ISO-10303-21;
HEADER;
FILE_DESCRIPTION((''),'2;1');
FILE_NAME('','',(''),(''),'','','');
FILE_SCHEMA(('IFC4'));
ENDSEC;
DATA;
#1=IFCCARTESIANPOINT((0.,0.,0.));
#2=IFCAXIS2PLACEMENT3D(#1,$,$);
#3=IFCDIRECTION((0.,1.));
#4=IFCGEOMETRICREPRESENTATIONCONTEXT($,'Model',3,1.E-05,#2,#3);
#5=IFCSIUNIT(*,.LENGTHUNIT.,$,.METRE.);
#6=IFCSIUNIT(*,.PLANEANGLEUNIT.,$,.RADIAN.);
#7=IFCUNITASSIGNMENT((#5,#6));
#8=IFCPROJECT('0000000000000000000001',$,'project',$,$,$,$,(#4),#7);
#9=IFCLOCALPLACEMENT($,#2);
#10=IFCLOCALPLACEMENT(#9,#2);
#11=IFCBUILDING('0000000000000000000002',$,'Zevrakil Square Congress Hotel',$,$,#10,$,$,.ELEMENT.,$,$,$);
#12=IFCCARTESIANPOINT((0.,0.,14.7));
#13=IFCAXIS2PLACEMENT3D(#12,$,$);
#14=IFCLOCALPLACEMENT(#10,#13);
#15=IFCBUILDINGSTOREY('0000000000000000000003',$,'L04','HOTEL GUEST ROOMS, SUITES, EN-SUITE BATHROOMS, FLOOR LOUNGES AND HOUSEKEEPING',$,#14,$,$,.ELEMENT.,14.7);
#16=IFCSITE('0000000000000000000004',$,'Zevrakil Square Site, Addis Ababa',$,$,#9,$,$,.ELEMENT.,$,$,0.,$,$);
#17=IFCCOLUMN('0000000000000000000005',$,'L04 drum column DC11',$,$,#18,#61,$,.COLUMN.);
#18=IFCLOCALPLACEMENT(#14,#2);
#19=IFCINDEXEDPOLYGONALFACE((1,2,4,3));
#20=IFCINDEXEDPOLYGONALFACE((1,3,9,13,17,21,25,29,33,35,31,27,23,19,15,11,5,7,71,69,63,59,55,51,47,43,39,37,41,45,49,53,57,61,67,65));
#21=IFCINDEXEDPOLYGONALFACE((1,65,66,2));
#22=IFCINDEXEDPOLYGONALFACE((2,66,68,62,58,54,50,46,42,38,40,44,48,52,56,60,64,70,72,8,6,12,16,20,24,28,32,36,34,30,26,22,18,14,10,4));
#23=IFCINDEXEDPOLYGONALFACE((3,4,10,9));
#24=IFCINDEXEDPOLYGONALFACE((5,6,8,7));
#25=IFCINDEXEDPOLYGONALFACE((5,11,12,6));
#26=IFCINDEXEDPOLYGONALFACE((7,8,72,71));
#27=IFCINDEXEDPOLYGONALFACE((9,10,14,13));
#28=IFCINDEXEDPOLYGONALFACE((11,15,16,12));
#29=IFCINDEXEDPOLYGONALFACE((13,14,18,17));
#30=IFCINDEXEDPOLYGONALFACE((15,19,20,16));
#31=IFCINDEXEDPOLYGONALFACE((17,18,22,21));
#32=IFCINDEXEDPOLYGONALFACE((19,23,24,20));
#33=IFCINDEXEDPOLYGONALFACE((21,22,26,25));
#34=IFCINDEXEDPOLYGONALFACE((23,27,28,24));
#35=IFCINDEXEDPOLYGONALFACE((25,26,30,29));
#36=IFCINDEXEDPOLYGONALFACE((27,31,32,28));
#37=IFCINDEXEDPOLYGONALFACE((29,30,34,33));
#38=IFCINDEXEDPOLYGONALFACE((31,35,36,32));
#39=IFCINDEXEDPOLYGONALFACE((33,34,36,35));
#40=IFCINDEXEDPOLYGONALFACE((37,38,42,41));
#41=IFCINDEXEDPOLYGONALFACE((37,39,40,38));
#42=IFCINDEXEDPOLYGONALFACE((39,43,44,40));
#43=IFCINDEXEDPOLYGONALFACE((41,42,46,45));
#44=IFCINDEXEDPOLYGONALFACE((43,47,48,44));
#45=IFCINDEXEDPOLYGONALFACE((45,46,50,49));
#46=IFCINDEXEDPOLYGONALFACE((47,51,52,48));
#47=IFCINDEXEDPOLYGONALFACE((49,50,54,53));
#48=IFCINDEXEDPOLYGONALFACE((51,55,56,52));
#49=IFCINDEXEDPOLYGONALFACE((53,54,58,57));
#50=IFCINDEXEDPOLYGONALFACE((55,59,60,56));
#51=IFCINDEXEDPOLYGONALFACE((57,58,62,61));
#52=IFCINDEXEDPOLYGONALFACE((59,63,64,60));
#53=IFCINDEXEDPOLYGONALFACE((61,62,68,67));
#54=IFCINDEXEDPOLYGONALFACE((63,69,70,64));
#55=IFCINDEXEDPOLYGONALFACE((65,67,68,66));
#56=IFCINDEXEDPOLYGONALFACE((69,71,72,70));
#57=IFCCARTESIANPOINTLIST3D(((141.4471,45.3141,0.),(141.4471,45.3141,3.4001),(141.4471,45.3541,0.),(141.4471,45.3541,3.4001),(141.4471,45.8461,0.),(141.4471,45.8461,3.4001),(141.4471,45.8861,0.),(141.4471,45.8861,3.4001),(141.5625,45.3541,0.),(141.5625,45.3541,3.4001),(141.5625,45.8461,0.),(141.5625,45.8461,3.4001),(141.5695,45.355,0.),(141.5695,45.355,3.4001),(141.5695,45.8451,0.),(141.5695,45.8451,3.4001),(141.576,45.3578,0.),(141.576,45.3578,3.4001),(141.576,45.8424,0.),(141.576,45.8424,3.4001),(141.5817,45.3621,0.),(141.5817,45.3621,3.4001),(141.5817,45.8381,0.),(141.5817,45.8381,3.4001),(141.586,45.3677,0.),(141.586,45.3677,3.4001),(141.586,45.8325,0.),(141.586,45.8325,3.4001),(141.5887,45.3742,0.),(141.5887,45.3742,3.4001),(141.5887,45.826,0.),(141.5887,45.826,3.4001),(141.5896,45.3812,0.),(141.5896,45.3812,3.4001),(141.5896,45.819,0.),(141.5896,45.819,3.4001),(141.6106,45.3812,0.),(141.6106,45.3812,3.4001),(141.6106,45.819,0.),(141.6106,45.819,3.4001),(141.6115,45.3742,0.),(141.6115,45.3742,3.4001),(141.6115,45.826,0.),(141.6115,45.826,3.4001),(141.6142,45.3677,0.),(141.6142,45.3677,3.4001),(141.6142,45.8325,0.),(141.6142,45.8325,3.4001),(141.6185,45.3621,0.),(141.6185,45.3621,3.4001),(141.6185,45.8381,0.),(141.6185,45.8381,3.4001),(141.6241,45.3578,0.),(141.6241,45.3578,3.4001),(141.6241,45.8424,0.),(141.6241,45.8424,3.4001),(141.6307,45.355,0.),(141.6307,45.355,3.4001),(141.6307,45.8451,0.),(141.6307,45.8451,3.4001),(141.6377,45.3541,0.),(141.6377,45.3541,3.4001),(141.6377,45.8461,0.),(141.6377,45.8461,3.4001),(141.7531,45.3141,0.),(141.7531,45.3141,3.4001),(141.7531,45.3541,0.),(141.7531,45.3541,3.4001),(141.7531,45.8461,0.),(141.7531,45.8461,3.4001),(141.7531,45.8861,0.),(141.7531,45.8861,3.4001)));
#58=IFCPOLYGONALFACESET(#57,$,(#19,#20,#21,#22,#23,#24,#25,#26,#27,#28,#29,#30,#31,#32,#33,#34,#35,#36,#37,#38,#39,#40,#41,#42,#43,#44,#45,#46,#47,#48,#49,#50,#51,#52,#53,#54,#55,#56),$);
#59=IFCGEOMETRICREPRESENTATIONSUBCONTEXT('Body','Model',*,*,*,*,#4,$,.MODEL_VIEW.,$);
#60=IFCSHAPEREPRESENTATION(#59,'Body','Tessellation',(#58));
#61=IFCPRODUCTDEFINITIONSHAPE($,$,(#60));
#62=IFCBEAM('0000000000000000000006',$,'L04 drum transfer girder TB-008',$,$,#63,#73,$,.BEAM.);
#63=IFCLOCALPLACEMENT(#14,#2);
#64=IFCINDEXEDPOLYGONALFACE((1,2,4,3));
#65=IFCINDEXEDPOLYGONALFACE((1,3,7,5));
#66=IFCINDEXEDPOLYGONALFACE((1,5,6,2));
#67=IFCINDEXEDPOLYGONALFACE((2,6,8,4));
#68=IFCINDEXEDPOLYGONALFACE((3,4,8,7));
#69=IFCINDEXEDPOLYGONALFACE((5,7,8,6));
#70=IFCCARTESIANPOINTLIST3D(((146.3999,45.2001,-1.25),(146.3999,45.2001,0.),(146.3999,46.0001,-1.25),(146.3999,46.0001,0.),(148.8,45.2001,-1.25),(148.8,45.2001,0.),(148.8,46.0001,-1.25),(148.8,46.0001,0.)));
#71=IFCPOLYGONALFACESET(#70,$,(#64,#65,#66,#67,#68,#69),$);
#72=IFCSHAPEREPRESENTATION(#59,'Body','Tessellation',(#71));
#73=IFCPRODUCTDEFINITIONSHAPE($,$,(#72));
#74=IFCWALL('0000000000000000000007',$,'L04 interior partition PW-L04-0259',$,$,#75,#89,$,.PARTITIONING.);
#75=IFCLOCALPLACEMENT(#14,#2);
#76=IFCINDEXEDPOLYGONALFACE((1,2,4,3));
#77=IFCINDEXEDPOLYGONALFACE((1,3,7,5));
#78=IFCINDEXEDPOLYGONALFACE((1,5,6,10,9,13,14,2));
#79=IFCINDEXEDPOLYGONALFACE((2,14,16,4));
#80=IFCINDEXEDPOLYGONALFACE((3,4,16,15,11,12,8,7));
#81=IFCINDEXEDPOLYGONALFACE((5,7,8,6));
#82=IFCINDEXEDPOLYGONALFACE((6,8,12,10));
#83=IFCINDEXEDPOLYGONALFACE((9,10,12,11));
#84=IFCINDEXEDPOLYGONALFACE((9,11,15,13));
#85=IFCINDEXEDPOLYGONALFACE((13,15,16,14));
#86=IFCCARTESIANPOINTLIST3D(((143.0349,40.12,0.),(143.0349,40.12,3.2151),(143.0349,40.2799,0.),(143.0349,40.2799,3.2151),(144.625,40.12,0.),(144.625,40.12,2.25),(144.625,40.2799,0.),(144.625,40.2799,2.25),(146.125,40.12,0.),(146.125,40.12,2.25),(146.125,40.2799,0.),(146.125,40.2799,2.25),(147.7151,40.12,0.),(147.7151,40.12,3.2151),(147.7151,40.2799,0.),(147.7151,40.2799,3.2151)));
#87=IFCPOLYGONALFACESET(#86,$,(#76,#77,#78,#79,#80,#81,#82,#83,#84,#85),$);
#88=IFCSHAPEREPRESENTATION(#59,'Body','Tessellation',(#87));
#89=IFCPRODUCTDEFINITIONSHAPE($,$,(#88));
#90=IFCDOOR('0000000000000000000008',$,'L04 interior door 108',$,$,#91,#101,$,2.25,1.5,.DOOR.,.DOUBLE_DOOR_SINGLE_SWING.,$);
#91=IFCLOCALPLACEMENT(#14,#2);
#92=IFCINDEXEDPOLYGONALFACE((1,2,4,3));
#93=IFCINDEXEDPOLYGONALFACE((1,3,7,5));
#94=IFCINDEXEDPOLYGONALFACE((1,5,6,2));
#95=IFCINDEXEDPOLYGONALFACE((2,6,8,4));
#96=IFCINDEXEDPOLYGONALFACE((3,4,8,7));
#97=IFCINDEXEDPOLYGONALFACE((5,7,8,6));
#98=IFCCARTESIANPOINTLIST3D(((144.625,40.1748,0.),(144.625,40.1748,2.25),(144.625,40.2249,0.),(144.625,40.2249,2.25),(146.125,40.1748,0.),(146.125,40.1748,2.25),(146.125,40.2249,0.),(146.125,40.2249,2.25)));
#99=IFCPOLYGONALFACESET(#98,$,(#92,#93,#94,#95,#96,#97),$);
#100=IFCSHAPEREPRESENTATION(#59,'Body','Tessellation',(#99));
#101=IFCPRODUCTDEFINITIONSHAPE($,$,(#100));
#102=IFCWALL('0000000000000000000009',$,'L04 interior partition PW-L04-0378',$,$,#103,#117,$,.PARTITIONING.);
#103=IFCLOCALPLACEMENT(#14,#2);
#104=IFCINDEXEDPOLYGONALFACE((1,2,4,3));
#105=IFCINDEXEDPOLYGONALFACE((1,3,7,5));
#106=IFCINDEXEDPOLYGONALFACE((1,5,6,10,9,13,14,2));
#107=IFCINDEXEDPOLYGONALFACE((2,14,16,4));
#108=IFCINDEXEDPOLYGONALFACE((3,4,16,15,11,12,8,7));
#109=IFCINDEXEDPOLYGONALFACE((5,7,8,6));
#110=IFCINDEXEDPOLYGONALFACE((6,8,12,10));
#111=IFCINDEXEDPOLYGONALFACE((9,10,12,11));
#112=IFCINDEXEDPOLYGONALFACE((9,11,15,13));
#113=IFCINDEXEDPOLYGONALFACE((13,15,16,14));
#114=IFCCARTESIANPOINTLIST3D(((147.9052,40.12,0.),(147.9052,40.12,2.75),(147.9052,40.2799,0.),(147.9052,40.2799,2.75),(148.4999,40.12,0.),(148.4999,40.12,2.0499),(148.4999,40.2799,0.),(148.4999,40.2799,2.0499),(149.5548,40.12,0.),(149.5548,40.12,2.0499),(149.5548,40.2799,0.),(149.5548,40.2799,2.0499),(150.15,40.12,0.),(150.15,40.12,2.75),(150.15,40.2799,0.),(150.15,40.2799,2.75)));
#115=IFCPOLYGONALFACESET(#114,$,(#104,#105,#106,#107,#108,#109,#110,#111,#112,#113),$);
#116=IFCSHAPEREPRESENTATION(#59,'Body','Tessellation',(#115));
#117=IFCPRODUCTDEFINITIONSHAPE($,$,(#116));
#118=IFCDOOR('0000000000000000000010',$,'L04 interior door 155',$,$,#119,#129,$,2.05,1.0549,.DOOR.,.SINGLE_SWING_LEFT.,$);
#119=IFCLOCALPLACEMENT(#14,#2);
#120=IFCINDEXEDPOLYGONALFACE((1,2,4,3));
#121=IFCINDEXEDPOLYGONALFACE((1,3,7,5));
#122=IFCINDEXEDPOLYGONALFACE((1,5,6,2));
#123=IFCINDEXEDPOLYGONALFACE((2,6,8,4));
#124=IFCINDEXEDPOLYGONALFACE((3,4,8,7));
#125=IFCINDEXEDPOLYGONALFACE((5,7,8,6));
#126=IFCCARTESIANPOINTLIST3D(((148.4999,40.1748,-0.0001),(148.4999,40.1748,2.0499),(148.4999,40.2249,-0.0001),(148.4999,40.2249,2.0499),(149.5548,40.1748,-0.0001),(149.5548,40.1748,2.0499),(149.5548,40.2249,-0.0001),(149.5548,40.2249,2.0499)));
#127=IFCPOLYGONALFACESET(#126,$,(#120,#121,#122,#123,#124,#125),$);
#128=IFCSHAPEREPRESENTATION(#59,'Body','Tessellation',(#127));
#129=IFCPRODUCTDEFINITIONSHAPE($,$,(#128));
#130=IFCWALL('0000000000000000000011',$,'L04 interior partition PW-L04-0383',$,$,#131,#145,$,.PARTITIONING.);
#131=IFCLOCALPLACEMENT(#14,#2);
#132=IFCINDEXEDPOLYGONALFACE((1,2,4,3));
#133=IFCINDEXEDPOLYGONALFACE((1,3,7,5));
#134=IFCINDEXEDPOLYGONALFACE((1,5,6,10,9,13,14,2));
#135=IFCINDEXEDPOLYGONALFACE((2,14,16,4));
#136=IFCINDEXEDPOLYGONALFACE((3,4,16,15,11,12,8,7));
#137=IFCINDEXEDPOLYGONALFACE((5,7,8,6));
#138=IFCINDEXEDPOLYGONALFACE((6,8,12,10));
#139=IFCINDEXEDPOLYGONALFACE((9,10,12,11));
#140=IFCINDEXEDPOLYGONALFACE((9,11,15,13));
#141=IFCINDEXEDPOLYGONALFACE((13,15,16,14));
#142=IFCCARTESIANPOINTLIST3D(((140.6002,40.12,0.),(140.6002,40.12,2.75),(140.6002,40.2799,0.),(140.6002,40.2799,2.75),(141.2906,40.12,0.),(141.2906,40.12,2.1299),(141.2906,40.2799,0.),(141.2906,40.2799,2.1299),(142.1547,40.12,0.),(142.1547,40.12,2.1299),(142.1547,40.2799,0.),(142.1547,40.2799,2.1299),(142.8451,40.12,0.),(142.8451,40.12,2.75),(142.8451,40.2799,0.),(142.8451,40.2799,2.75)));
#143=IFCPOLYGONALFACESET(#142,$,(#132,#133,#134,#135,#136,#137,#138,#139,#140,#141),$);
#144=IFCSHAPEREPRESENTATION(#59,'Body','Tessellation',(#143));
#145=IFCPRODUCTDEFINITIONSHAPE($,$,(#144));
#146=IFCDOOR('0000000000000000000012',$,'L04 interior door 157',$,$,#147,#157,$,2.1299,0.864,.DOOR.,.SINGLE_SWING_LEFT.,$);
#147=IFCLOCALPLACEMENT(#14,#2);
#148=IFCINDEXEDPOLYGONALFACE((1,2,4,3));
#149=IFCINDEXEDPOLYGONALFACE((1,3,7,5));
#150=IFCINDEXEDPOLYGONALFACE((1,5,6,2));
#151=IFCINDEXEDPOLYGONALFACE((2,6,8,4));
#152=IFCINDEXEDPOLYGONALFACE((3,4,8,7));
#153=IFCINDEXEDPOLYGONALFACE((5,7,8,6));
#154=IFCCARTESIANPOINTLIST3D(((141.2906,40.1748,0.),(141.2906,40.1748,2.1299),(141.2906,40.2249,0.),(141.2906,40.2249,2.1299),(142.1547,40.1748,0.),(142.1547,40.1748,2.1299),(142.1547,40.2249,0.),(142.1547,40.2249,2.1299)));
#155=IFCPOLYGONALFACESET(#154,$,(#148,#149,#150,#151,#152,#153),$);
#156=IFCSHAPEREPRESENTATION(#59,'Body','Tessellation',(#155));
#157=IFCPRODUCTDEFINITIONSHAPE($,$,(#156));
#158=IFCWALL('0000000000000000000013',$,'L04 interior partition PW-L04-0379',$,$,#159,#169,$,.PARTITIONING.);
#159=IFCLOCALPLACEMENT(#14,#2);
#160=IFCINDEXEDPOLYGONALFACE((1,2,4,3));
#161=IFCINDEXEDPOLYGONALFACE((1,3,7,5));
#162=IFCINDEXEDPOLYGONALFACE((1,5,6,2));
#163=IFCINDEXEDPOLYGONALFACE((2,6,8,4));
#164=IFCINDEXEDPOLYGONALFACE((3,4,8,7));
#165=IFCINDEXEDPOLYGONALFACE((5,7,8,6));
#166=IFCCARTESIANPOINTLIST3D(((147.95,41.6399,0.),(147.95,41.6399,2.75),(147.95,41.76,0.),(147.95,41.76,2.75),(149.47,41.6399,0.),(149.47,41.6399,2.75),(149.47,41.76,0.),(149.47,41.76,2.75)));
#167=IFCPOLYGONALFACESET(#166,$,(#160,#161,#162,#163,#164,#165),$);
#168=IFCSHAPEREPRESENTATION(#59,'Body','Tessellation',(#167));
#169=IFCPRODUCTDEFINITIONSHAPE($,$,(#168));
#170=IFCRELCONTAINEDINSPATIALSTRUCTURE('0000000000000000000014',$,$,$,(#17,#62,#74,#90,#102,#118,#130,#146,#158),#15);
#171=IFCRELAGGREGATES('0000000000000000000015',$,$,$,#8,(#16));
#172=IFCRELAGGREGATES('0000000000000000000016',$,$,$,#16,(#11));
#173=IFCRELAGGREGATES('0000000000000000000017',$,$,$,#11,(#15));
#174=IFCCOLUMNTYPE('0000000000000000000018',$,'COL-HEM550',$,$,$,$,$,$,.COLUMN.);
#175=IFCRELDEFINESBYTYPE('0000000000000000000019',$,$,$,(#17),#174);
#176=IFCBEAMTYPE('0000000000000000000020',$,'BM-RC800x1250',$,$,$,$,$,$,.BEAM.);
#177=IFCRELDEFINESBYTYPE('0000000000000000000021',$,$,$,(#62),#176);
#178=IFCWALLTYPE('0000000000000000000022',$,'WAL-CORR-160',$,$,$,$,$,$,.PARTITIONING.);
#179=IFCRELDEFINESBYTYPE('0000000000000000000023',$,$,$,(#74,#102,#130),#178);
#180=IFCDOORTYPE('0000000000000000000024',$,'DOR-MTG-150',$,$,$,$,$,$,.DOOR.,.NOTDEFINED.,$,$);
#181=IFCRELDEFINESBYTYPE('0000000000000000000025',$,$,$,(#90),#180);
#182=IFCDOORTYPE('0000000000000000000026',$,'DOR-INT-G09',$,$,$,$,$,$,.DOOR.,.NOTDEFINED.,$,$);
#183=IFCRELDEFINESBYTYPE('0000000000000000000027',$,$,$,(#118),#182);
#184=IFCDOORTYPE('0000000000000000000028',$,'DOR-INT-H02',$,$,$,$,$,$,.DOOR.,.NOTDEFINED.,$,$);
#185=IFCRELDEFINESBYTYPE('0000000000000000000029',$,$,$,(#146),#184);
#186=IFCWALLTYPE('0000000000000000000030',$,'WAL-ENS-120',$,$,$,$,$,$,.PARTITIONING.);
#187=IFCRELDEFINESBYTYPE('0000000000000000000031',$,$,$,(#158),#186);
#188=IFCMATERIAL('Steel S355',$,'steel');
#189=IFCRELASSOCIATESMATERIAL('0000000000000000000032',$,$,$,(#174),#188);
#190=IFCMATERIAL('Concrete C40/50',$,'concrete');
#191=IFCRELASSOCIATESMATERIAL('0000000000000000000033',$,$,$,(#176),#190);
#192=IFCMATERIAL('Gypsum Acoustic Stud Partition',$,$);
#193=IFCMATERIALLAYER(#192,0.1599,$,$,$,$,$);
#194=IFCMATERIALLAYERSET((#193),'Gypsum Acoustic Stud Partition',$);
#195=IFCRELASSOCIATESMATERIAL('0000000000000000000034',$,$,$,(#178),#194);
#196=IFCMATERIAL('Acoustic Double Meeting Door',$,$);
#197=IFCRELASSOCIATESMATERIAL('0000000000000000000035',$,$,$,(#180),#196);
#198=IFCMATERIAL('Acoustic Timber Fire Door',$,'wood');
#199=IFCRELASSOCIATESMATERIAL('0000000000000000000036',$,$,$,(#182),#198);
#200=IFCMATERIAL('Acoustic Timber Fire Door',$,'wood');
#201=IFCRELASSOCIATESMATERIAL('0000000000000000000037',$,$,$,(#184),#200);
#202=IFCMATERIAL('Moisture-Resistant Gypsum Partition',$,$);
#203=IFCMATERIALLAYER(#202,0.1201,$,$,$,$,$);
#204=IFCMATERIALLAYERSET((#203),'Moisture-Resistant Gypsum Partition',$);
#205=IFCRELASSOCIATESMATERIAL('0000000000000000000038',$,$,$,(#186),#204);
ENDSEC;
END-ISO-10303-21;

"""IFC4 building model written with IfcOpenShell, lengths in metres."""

from ifc_helpers import new_model, si_unit, direction, frame, frame_2d, origin, origin_2d, place, context, subcontext, project, spatial, rectangle, i_section, extrude, material, layer, layer_set, material_profile, profile_set, type_object, element, fill, save


model = new_model("IFC4")

# Units and contexts
model_context = context("Model", 3, precision=1e-05, world=origin(), true_north=direction((0.0, 1.0)))
body_context = subcontext(model_context, "Body", "Model", "MODEL_VIEW")
ifc_project = project(units=[si_unit("LENGTHUNIT", "METRE"), si_unit("PLANEANGLEUNIT", "RADIAN")], contexts=[model_context])

# Site, building, storey
site_placement = place(None, origin())
site = spatial("IfcSite", under=ifc_project, at=site_placement, Name="Zevrakil Square Site, Addis Ababa", CompositionType="ELEMENT", RefElevation=0.0)
building_placement = place(site_placement, origin())
building = spatial("IfcBuilding", under=site, at=building_placement, Name="Zevrakil Square Congress Hotel", CompositionType="ELEMENT")
storey_placement = place(building_placement, frame((0.0, 0.0, 14.7)))
storey = spatial("IfcBuildingStorey", under=building, at=storey_placement, Name="L04", Description="HOTEL GUEST ROOMS, SUITES, EN-SUITE BATHROOMS, FLOOR LOUNGES AND HOUSEKEEPING", CompositionType="ELEMENT", Elevation=14.7)

# Column
ifc_material_1 = material(Name="Steel S355", Category="steel")
ifc_material_profile_1 = material_profile(ifc_material_1, i_section(OverallWidth=0.3059, OverallDepth=0.572, WebThickness=0.021, FlangeThickness=0.04, FilletRadius=0.0271, at=origin_2d()), Name="HEM 550")
ifc_profile_set_1 = profile_set([ifc_material_profile_1], Name="Steel S355")
column_type = type_object("IfcColumnType", Name="COL-HEM550", PredefinedType="COLUMN", material=ifc_profile_set_1)
column_placement = place(storey_placement, frame((141.6001, 45.6001, 0.0), z_axis=(0.0, 0.0, 1.0), x_axis=(1.0, 0.0, 0.0)))
element("IfcColumn", 1, at=column_placement, inside=storey, type_object=column_type, Name="L04 drum column DC11", PredefinedType="COLUMN", context=body_context, shape_type="SweptSolid", body=[
    extrude(i_section(OverallWidth=0.3059, OverallDepth=0.572, WebThickness=0.021, FlangeThickness=0.04, FilletRadius=0.0271, at=origin_2d()), origin(), (0.0, 0.0, 1.0), 3.4001),
])

# Beam
ifc_material_2 = material(Name="Concrete C40/50", Category="concrete")
ifc_material_profile_2 = material_profile(ifc_material_2, rectangle(XDim=0.8, YDim=1.25, at=origin_2d()), Name="RC 800x1250")
ifc_profile_set_2 = profile_set([ifc_material_profile_2], Name="Concrete C40/50")
beam_type = type_object("IfcBeamType", Name="BM-RC800x1250", PredefinedType="BEAM", material=ifc_profile_set_2)
beam_placement = place(storey_placement, frame((146.3999, 45.6001, -0.625), z_axis=(1.0, 0.0, 0.0), x_axis=(0.0, 1.0, 0.0)))
element("IfcBeam", 2, at=beam_placement, inside=storey, type_object=beam_type, Name="L04 drum transfer girder TB-008", PredefinedType="BEAM", context=body_context, shape_type="SweptSolid", body=[
    extrude(rectangle(XDim=0.8, YDim=1.25, at=origin_2d()), origin(), (0.0, 0.0, 1.0), 2.4001),
])

# Walls, openings, doors
ifc_material_3 = material(Name="Gypsum Acoustic Stud Partition")
ifc_layer_1 = layer(ifc_material_3, 0.1599)
ifc_layer_set_1 = layer_set([ifc_layer_1], Name="Gypsum Acoustic Stud Partition")
wall_type_1 = type_object("IfcWallType", Name="WAL-CORR-160", PredefinedType="PARTITIONING", material=ifc_layer_set_1)
wall_1_placement = place(storey_placement, frame((143.0349, 40.2, 0.0), z_axis=(0.0, 0.0, 1.0), x_axis=(1.0, 0.0, 0.0)))
wall_1 = element("IfcWall", 3, at=wall_1_placement, inside=storey, type_object=wall_type_1, Name="L04 interior partition PW-L04-0259", PredefinedType="PARTITIONING", context=body_context, shape_type="SweptSolid", body=[
    extrude(rectangle(XDim=4.6802, YDim=0.1599, at=frame_2d((2.3401, 0.0))), origin(), (0.0, 0.0, 1.0), 3.2151),
])
opening_1_placement = place(wall_1_placement, frame((1.5901, 0.0, 0.0)))
opening_1 = element("IfcOpeningElement", 4, at=opening_1_placement, cuts=wall_1, PredefinedType="OPENING", context=body_context, shape_type="SweptSolid", body=[
    extrude(rectangle(XDim=1.5, YDim=2.25, at=frame_2d((0.75, 1.125))), frame((0.0, 0.0898, 0.0), z_axis=(0.0, -1.0, 0.0), x_axis=(1.0, 0.0, 0.0)), (0.0, 0.0, 1.0), 0.1799),
])
ifc_material_4 = material(Name="Acoustic Double Meeting Door")
door_type_1 = type_object("IfcDoorType", Name="DOR-MTG-150", OperationType="NOTDEFINED", PredefinedType="DOOR", material=ifc_material_4)
door_1_placement = place(opening_1_placement, origin())
door_1 = element("IfcDoor", 5, at=door_1_placement, inside=storey, type_object=door_type_1, Name="L04 interior door 108", OperationType="DOUBLE_DOOR_SINGLE_SWING", OverallHeight=2.25, OverallWidth=1.5, PredefinedType="DOOR", context=body_context, shape_type="SweptSolid", body=[
    extrude(rectangle(XDim=1.5, YDim=2.25, at=frame_2d((0.75, 1.125))), frame((0.0, 0.0249, 0.0), z_axis=(0.0, -1.0, 0.0), x_axis=(1.0, 0.0, 0.0)), (0.0, 0.0, 1.0), 0.05),
])
fill(opening_1, door_1)
wall_2_placement = place(storey_placement, frame((147.905, 40.2, 0.0), z_axis=(0.0, 0.0, 1.0), x_axis=(1.0, 0.0, 0.0)))
wall_2 = element("IfcWall", 6, at=wall_2_placement, inside=storey, type_object=wall_type_1, Name="L04 interior partition PW-L04-0378", PredefinedType="PARTITIONING", context=body_context, shape_type="SweptSolid", body=[
    extrude(rectangle(XDim=2.2449, YDim=0.1599, at=frame_2d((1.1226, 0.0))), origin(), (0.0, 0.0, 1.0), 2.75),
])
opening_2_placement = place(wall_2_placement, frame((0.595, 0.0, 0.0)))
opening_2 = element("IfcOpeningElement", 7, at=opening_2_placement, cuts=wall_2, PredefinedType="OPENING", context=body_context, shape_type="SweptSolid", body=[
    extrude(rectangle(XDim=1.0549, YDim=2.05, at=frame_2d((0.5273, 1.0249))), frame((0.0, 0.0898, 0.0), z_axis=(0.0, -1.0, 0.0), x_axis=(1.0, 0.0, 0.0)), (0.0, 0.0, 1.0), 0.1799),
])
ifc_material_5 = material(Name="Acoustic Timber Fire Door", Category="wood")
door_type_2 = type_object("IfcDoorType", Name="DOR-INT-G09", OperationType="NOTDEFINED", PredefinedType="DOOR", material=ifc_material_5)
door_2_placement = place(opening_2_placement, origin())
door_2 = element("IfcDoor", 8, at=door_2_placement, inside=storey, type_object=door_type_2, Name="L04 interior door 155", OperationType="SINGLE_SWING_LEFT", OverallHeight=2.05, OverallWidth=1.0549, PredefinedType="DOOR", context=body_context, shape_type="SweptSolid", body=[
    extrude(rectangle(XDim=1.0549, YDim=2.05, at=frame_2d((0.5273, 1.0249))), frame((0.0, 0.0249, 0.0), z_axis=(0.0, -1.0, 0.0), x_axis=(1.0, 0.0, 0.0)), (0.0, 0.0, 1.0), 0.05),
])
fill(opening_2, door_2)
wall_3_placement = place(storey_placement, frame((140.6001, 40.2, 0.0), z_axis=(0.0, 0.0, 1.0), x_axis=(1.0, 0.0, 0.0)))
wall_3 = element("IfcWall", 9, at=wall_3_placement, inside=storey, type_object=wall_type_1, Name="L04 interior partition PW-L04-0383", PredefinedType="PARTITIONING", context=body_context, shape_type="SweptSolid", body=[
    extrude(rectangle(XDim=2.2449, YDim=0.1599, at=frame_2d((1.1226, 0.0))), origin(), (0.0, 0.0, 1.0), 2.75),
])
opening_3_placement = place(wall_3_placement, frame((0.6904, 0.0, 0.0)))
opening_3 = element("IfcOpeningElement", 10, at=opening_3_placement, cuts=wall_3, PredefinedType="OPENING", context=body_context, shape_type="SweptSolid", body=[
    extrude(rectangle(XDim=0.864, YDim=2.1299, at=frame_2d((0.4321, 1.0649))), frame((0.0, 0.0898, 0.0), z_axis=(0.0, -1.0, 0.0), x_axis=(1.0, 0.0, 0.0)), (0.0, 0.0, 1.0), 0.1799),
])
ifc_material_6 = material(Name="Acoustic Timber Fire Door", Category="wood")
door_type_3 = type_object("IfcDoorType", Name="DOR-INT-H02", OperationType="NOTDEFINED", PredefinedType="DOOR", material=ifc_material_6)
door_3_placement = place(opening_3_placement, origin())
door_3 = element("IfcDoor", 11, at=door_3_placement, inside=storey, type_object=door_type_3, Name="L04 interior door 157", OperationType="SINGLE_SWING_LEFT", OverallHeight=2.1299, OverallWidth=0.864, PredefinedType="DOOR", context=body_context, shape_type="SweptSolid", body=[
    extrude(rectangle(XDim=0.864, YDim=2.1299, at=frame_2d((0.4321, 1.0649))), frame((0.0, 0.0249, 0.0), z_axis=(0.0, -1.0, 0.0), x_axis=(1.0, 0.0, 0.0)), (0.0, 0.0, 1.0), 0.05),
])
fill(opening_3, door_3)

# Wall
ifc_material_7 = material(Name="Moisture-Resistant Gypsum Partition")
ifc_layer_2 = layer(ifc_material_7, 0.1201)
ifc_layer_set_2 = layer_set([ifc_layer_2], Name="Moisture-Resistant Gypsum Partition")
wall_type_2 = type_object("IfcWallType", Name="WAL-ENS-120", PredefinedType="PARTITIONING", material=ifc_layer_set_2)
for number, where, z_axis, x_axis, name in (
    (12, (147.95, 41.7, 0.0), (0.0, 0.0, 1.0), (1.0, 0.0, 0.0), "L04 interior partition PW-L04-0379"),
):
    element("IfcWall", number, at=place(storey_placement, frame(where, z_axis=z_axis, x_axis=x_axis)), inside=storey, type_object=wall_type_2, Name=name, PredefinedType="PARTITIONING", context=body_context, shape_type="SweptSolid", body=[
        extrude(rectangle(XDim=1.52, YDim=0.1201, at=frame_2d((0.76, 0.0))), origin(), (0.0, 0.0, 1.0), 2.75),
    ])

save(model, "model.ifc")
